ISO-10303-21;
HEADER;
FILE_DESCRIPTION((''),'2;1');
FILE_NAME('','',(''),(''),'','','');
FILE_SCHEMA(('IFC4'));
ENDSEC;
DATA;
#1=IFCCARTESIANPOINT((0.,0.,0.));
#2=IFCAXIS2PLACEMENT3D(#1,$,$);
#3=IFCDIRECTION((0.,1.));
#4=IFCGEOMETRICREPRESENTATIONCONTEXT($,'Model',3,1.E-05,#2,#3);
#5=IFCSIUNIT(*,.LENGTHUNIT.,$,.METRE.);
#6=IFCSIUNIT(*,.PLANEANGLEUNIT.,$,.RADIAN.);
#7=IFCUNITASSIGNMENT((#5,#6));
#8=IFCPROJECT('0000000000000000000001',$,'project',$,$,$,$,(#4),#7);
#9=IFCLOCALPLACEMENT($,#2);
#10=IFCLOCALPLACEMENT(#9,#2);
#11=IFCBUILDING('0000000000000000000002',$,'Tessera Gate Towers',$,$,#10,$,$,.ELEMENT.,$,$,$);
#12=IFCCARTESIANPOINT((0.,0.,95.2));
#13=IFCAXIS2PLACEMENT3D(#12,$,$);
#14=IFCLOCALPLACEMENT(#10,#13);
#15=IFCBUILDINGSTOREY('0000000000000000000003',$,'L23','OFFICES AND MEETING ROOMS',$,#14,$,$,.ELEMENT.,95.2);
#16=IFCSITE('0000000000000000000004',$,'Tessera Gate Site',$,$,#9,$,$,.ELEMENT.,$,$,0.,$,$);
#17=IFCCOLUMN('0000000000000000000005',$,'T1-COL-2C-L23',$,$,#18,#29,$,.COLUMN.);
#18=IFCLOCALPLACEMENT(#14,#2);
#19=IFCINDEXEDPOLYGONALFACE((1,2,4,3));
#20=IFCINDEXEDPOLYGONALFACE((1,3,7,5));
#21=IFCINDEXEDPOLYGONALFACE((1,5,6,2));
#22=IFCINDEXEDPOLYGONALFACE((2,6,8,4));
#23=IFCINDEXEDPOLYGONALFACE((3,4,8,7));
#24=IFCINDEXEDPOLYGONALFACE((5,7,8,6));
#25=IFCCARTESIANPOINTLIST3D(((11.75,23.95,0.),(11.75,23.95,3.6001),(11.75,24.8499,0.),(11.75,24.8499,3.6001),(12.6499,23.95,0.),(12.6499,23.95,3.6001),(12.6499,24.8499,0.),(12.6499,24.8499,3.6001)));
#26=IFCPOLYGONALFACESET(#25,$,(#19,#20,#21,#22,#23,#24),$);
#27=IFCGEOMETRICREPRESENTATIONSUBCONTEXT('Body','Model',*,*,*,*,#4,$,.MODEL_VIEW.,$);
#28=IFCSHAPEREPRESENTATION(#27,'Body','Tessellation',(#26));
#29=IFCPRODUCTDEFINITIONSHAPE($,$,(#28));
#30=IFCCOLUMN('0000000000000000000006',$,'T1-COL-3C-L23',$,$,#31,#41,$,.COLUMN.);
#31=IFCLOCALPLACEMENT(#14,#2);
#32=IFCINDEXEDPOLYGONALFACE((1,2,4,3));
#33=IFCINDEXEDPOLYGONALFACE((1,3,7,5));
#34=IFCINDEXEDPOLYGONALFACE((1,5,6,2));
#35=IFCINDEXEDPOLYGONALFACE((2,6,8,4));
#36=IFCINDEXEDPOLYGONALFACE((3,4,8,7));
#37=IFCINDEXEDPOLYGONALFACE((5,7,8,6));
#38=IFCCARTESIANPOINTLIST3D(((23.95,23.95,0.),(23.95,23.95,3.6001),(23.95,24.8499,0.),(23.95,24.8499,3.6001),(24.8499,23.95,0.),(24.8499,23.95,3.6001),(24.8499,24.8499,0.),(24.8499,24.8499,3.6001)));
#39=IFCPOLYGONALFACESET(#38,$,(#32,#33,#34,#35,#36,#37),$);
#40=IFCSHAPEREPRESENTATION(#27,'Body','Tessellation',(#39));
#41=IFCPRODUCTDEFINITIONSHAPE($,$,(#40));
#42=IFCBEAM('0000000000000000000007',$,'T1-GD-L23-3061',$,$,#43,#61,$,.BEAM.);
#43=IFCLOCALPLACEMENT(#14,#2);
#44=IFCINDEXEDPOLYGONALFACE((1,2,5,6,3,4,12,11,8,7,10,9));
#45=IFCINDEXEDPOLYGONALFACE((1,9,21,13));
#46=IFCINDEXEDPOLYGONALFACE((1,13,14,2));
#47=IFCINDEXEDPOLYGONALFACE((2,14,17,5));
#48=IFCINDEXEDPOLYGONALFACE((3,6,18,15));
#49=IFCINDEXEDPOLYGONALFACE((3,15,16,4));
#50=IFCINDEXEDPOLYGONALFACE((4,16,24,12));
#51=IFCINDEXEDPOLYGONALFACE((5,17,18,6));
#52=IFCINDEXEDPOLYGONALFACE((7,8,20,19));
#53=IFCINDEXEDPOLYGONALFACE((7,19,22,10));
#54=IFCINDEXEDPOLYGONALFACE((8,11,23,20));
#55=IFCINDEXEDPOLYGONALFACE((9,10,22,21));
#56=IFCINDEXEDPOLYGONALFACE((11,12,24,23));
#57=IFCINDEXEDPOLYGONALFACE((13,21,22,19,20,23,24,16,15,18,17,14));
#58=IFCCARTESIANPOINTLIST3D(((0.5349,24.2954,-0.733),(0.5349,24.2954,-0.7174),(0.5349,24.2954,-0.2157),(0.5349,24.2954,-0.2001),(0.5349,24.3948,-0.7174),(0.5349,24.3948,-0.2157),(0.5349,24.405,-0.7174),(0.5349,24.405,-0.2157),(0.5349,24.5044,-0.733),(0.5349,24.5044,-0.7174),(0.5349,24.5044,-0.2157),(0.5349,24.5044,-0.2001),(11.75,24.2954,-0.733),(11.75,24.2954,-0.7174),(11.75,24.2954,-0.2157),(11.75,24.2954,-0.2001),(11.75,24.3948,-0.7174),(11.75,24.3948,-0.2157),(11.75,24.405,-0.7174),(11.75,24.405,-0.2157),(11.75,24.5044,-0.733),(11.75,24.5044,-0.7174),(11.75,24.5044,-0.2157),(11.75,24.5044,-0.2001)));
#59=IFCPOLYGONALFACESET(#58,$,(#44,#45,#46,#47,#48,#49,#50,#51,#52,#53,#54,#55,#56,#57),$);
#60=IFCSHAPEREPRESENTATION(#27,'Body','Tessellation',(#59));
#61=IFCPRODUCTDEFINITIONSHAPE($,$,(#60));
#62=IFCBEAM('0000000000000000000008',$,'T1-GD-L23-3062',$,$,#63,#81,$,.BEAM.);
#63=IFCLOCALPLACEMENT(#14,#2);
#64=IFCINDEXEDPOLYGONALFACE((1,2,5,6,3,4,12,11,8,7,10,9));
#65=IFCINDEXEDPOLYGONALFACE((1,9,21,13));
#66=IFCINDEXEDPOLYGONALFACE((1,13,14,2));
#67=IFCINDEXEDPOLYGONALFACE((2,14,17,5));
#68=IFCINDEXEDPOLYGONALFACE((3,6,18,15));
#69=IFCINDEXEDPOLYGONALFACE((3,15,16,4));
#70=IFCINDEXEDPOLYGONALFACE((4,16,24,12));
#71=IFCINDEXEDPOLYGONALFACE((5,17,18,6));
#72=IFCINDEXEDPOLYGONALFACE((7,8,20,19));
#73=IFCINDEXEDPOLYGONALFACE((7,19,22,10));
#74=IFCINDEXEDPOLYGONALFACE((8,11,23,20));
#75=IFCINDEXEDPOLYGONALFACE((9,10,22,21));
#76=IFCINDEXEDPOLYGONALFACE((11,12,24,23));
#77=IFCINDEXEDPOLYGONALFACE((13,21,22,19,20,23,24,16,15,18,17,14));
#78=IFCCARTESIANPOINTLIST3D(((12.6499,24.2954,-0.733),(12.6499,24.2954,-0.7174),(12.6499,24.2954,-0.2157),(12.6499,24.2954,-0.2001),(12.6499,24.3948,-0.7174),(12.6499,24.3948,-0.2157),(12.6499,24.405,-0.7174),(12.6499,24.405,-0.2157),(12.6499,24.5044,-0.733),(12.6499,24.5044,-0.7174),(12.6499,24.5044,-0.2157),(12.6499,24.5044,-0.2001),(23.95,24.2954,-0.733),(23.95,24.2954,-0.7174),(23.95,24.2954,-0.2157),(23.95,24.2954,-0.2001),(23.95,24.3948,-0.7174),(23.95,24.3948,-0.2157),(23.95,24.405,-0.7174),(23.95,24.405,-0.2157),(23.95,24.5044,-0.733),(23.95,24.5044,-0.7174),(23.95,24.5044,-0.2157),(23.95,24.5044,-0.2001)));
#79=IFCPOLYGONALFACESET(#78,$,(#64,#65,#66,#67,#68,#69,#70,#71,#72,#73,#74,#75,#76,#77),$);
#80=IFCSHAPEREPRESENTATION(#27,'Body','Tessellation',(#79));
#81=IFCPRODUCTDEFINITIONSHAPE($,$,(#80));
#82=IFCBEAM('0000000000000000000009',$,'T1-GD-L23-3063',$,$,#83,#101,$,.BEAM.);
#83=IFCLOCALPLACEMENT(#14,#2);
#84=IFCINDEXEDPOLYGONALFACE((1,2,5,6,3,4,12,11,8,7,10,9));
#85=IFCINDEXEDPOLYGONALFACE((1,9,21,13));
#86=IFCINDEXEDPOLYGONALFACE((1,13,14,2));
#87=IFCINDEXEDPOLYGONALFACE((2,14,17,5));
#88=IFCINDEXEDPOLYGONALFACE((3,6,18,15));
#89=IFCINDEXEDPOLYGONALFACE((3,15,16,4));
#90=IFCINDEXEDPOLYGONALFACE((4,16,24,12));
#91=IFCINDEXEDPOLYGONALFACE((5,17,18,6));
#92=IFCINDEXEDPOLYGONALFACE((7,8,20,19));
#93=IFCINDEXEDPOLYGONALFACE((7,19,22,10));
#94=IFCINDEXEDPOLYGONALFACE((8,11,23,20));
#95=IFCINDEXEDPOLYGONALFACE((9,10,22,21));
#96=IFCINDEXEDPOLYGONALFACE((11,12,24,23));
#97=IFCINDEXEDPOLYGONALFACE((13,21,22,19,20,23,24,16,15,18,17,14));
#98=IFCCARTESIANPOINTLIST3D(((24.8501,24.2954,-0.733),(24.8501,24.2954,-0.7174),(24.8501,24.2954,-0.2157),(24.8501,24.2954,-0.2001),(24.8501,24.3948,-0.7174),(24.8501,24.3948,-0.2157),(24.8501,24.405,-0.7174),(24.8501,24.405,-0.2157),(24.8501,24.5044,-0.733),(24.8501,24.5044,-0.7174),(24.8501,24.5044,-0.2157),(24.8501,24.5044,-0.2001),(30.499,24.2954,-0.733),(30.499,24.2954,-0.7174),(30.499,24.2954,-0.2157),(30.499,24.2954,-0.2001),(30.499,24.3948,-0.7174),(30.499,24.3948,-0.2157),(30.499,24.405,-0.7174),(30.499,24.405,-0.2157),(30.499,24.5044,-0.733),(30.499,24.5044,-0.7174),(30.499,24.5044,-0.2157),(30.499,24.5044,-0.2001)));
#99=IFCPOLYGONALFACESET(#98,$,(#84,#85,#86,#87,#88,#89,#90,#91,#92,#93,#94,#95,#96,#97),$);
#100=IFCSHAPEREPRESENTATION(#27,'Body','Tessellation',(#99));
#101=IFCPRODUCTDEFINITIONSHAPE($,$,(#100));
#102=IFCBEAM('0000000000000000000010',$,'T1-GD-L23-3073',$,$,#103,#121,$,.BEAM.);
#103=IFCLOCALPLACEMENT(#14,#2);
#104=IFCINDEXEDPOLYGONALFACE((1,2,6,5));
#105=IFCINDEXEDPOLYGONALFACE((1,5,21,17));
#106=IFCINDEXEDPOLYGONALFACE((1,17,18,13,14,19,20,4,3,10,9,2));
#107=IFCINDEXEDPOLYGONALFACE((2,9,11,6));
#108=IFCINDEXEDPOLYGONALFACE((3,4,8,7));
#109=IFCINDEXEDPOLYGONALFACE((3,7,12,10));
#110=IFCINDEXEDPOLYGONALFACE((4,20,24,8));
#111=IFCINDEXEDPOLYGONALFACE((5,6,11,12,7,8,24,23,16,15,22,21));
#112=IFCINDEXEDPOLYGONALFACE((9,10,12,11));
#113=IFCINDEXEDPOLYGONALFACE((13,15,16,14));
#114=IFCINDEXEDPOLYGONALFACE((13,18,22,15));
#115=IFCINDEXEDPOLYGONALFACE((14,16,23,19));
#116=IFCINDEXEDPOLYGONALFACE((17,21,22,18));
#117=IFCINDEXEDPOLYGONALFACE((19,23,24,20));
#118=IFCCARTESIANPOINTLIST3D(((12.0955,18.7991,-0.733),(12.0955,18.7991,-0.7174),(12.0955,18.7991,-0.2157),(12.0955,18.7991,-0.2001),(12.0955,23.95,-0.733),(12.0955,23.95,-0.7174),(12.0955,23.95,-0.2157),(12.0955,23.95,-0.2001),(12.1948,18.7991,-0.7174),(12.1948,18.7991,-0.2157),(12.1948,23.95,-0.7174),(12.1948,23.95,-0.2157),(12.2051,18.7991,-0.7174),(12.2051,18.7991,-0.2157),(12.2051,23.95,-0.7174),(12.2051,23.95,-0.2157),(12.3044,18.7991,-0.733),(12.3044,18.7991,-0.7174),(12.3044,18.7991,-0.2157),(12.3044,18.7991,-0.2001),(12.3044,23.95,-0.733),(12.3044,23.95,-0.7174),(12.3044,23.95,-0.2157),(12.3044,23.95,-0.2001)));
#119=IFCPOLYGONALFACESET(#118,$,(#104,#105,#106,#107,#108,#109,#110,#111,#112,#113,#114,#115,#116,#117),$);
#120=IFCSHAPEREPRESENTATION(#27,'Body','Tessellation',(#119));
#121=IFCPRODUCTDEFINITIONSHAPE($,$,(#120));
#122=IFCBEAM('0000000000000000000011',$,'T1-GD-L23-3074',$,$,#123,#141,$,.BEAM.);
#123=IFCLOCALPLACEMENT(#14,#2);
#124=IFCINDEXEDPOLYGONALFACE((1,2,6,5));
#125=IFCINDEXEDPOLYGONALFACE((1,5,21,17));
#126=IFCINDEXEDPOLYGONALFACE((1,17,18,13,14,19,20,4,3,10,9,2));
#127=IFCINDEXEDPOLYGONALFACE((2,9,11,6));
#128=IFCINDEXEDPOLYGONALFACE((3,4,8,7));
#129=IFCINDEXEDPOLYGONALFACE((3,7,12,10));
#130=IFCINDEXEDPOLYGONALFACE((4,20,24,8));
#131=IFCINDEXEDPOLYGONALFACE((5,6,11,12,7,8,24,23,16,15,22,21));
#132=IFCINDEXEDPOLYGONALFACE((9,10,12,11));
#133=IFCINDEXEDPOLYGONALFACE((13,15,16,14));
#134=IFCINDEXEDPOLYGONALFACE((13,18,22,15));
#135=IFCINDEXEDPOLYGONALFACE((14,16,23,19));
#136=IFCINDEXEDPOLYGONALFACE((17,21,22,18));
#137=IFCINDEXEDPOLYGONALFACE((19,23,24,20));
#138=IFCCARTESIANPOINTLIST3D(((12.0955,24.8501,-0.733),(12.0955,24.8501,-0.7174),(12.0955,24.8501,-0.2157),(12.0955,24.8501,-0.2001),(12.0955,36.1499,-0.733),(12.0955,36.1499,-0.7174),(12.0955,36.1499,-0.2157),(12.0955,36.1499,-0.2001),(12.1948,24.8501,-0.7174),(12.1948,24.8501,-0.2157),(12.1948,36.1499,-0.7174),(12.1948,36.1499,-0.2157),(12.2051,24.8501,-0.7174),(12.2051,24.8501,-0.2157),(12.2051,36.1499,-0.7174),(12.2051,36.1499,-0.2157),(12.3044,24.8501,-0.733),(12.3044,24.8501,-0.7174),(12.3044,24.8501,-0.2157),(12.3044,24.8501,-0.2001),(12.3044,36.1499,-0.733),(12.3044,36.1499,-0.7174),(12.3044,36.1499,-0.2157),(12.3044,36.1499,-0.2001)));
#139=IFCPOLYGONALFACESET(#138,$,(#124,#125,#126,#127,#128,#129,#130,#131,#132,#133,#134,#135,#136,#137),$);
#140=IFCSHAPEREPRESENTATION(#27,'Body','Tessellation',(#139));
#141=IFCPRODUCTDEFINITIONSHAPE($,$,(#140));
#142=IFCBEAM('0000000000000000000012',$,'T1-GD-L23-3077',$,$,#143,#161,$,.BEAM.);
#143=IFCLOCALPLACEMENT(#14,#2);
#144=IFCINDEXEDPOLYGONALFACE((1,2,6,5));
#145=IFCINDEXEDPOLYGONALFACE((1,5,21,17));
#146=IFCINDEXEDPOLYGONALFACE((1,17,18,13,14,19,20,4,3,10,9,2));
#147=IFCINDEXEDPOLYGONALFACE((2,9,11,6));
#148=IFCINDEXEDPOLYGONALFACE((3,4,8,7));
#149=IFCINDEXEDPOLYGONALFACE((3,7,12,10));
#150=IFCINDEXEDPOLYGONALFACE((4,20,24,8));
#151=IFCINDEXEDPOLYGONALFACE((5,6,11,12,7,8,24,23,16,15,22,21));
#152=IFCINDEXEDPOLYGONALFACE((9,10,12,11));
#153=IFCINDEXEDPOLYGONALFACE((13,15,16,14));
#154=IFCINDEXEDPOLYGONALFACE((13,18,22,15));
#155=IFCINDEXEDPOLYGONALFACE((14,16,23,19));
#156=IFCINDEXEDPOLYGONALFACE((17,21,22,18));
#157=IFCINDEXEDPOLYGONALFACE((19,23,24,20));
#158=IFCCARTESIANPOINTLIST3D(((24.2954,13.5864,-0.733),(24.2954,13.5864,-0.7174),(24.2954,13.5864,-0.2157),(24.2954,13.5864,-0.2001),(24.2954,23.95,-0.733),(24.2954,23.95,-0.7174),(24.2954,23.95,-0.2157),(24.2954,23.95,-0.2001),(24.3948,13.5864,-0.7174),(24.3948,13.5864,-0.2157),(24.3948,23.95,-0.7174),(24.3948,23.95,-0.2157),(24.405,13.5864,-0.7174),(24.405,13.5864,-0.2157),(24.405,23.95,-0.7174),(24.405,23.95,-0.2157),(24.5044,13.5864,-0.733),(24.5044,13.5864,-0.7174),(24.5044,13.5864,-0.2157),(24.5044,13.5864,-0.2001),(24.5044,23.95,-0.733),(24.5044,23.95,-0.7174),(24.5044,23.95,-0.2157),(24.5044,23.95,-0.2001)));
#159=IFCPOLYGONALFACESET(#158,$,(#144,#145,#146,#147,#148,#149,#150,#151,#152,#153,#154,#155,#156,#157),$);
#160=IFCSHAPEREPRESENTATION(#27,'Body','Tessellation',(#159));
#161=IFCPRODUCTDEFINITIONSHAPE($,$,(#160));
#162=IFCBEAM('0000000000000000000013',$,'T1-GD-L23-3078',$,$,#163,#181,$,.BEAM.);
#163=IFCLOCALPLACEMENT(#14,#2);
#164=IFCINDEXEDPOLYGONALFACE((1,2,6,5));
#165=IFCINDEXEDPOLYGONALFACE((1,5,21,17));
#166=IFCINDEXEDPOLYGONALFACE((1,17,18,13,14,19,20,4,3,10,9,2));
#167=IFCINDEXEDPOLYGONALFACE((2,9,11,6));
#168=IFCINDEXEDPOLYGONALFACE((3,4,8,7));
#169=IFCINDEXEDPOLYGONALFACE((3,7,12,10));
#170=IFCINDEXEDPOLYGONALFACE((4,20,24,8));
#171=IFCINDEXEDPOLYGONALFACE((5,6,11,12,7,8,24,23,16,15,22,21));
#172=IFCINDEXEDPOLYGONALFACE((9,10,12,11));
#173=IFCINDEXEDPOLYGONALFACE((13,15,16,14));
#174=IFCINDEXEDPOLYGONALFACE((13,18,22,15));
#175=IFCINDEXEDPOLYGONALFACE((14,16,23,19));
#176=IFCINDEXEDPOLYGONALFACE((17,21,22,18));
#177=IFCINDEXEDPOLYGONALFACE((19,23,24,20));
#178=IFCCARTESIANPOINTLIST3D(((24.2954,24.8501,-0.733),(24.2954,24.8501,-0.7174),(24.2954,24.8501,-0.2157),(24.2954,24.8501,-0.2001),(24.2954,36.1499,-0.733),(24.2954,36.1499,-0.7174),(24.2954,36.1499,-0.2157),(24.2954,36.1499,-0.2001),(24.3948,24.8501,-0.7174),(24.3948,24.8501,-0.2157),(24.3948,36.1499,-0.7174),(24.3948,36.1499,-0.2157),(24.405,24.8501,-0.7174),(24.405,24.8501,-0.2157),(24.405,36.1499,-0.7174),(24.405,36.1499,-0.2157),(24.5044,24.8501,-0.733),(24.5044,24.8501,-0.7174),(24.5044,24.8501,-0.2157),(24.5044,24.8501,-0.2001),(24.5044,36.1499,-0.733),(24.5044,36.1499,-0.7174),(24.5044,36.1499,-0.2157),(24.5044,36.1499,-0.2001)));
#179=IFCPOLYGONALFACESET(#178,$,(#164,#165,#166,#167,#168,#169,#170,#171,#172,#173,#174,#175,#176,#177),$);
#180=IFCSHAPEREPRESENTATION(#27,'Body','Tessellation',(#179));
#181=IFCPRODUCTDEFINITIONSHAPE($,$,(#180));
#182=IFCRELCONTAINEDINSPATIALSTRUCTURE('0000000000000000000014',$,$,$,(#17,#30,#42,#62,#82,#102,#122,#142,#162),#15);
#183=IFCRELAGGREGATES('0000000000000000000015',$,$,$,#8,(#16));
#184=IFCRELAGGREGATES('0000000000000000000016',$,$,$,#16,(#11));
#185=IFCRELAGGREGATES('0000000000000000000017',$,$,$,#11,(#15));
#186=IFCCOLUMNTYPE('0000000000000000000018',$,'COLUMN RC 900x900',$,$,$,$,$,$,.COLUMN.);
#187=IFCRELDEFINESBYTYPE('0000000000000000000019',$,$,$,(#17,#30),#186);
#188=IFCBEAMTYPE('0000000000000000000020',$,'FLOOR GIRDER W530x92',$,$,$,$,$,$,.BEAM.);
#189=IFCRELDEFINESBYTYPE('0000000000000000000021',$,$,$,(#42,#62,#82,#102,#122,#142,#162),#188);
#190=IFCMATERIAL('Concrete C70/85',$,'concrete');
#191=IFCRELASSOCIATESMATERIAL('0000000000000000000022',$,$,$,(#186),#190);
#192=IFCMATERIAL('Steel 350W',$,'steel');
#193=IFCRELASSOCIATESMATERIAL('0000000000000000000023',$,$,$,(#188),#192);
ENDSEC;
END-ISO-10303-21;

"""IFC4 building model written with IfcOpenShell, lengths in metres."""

from ifc_helpers import new_model, si_unit, direction, frame, origin, origin_2d, place, context, subcontext, project, spatial, rectangle, i_section, extrude, material, material_profile, profile_set, type_object, element, save


model = new_model("IFC4")

# Units and contexts
model_context = context("Model", 3, precision=1e-05, world=origin(), true_north=direction((0.0, 1.0)))
body_context = subcontext(model_context, "Body", "Model", "MODEL_VIEW")
ifc_project = project(units=[si_unit("LENGTHUNIT", "METRE"), si_unit("PLANEANGLEUNIT", "RADIAN")], contexts=[model_context])

# Site, building, storey
site_placement = place(None, origin())
site = spatial("IfcSite", under=ifc_project, at=site_placement, Name="Tessera Gate Site", CompositionType="ELEMENT", RefElevation=0.0)
building_placement = place(site_placement, origin())
building = spatial("IfcBuilding", under=site, at=building_placement, Name="Tessera Gate Towers", CompositionType="ELEMENT")
storey_placement = place(building_placement, frame((0.0, 0.0, 95.2)))
storey = spatial("IfcBuildingStorey", under=building, at=storey_placement, Name="L23", Description="OFFICES AND MEETING ROOMS", CompositionType="ELEMENT", Elevation=95.2)

# Columns
ifc_material_1 = material(Name="Concrete C70/85", Category="concrete")
ifc_material_profile_1 = material_profile(ifc_material_1, rectangle(XDim=0.8999, YDim=0.8999, at=origin_2d()), Name="RC 900x900")
ifc_profile_set_1 = profile_set([ifc_material_profile_1], Name="Concrete C70/85")
column_type = type_object("IfcColumnType", Name="COLUMN RC 900x900", PredefinedType="COLUMN", material=ifc_profile_set_1)
for number, where, z_axis, x_axis, name in (
    (1, (12.2, 24.3999, 0.0), (0.0, 0.0, 1.0), (1.0, 0.0, 0.0), "T1-COL-2C-L23"),
    (2, (24.3999, 24.3999, 0.0), (0.0, 0.0, 1.0), (1.0, 0.0, 0.0), "T1-COL-3C-L23"),
):
    element("IfcColumn", number, at=place(storey_placement, frame(where, z_axis=z_axis, x_axis=x_axis)), inside=storey, type_object=column_type, Name=name, PredefinedType="COLUMN", context=body_context, shape_type="SweptSolid", body=[
        extrude(rectangle(XDim=0.8999, YDim=0.8999, at=origin_2d()), origin(), (0.0, 0.0, 1.0), 3.6001),
    ])

# Beams
ifc_material_2 = material(Name="Steel 350W", Category="steel")
ifc_material_profile_2 = material_profile(ifc_material_2, i_section(OverallWidth=0.209, OverallDepth=0.533, WebThickness=0.0103, FlangeThickness=0.0156, at=origin_2d()), Name="W530x92")
ifc_profile_set_2 = profile_set([ifc_material_profile_2], Name="Steel 350W")
beam_type_1 = type_object("IfcBeamType", Name="FLOOR GIRDER W530x92", PredefinedType="BEAM", material=ifc_profile_set_2)
beam_1_placement = place(storey_placement, frame((0.5349, 24.3999, -0.4666), z_axis=(1.0, 0.0, 0.0), x_axis=(0.0, 1.0, 0.0)))
element("IfcBeam", 3, at=beam_1_placement, inside=storey, type_object=beam_type_1, Name="T1-GD-L23-3061", PredefinedType="BEAM", context=body_context, shape_type="SweptSolid", body=[
    extrude(i_section(OverallWidth=0.209, OverallDepth=0.533, WebThickness=0.0103, FlangeThickness=0.0156, at=origin_2d()), origin(), (0.0, 0.0, 1.0), 11.2151),
])
beam_2_placement = place(storey_placement, frame((12.6499, 24.3999, -0.4666), z_axis=(1.0, 0.0, 0.0), x_axis=(0.0, 1.0, 0.0)))
element("IfcBeam", 4, at=beam_2_placement, inside=storey, type_object=beam_type_1, Name="T1-GD-L23-3062", PredefinedType="BEAM", context=body_context, shape_type="SweptSolid", body=[
    extrude(i_section(OverallWidth=0.209, OverallDepth=0.533, WebThickness=0.0103, FlangeThickness=0.0156, at=origin_2d()), origin(), (0.0, 0.0, 1.0), 11.3),
])
beam_3_placement = place(storey_placement, frame((24.8501, 24.3999, -0.4666), z_axis=(1.0, 0.0, 0.0), x_axis=(0.0, 1.0, 0.0)))
element("IfcBeam", 5, at=beam_3_placement, inside=storey, type_object=beam_type_1, Name="T1-GD-L23-3063", PredefinedType="BEAM", context=body_context, shape_type="SweptSolid", body=[
    extrude(i_section(OverallWidth=0.209, OverallDepth=0.533, WebThickness=0.0103, FlangeThickness=0.0156, at=origin_2d()), origin(), (0.0, 0.0, 1.0), 5.6489),
])
beam_4_placement = place(storey_placement, frame((12.2, 18.7991, -0.4666), z_axis=(0.0, 1.0, 0.0), x_axis=(-1.0, 0.0, 0.0)))
element("IfcBeam", 6, at=beam_4_placement, inside=storey, type_object=beam_type_1, Name="T1-GD-L23-3073", PredefinedType="BEAM", context=body_context, shape_type="SweptSolid", body=[
    extrude(i_section(OverallWidth=0.209, OverallDepth=0.533, WebThickness=0.0103, FlangeThickness=0.0156, at=origin_2d()), origin(), (0.0, 0.0, 1.0), 5.1509),
])
beam_5_placement = place(storey_placement, frame((12.2, 24.8501, -0.4666), z_axis=(0.0, 1.0, 0.0), x_axis=(-1.0, 0.0, 0.0)))
element("IfcBeam", 7, at=beam_5_placement, inside=storey, type_object=beam_type_1, Name="T1-GD-L23-3074", PredefinedType="BEAM", context=body_context, shape_type="SweptSolid", body=[
    extrude(i_section(OverallWidth=0.209, OverallDepth=0.533, WebThickness=0.0103, FlangeThickness=0.0156, at=origin_2d()), origin(), (0.0, 0.0, 1.0), 11.2998),
])
beam_6_placement = place(storey_placement, frame((24.3999, 13.5864, -0.4666), z_axis=(0.0, 1.0, 0.0), x_axis=(-1.0, 0.0, 0.0)))
element("IfcBeam", 8, at=beam_6_placement, inside=storey, type_object=beam_type_1, Name="T1-GD-L23-3077", PredefinedType="BEAM", context=body_context, shape_type="SweptSolid", body=[
    extrude(i_section(OverallWidth=0.209, OverallDepth=0.533, WebThickness=0.0103, FlangeThickness=0.0156, at=origin_2d()), origin(), (0.0, 0.0, 1.0), 10.3635),
])
beam_7_placement = place(storey_placement, frame((24.3999, 24.8501, -0.4666), z_axis=(0.0, 1.0, 0.0), x_axis=(-1.0, 0.0, 0.0)))
element("IfcBeam", 9, at=beam_7_placement, inside=storey, type_object=beam_type_1, Name="T1-GD-L23-3078", PredefinedType="BEAM", context=body_context, shape_type="SweptSolid", body=[
    extrude(i_section(OverallWidth=0.209, OverallDepth=0.533, WebThickness=0.0103, FlangeThickness=0.0156, at=origin_2d()), origin(), (0.0, 0.0, 1.0), 11.2998),
])

save(model, "model.ifc")
